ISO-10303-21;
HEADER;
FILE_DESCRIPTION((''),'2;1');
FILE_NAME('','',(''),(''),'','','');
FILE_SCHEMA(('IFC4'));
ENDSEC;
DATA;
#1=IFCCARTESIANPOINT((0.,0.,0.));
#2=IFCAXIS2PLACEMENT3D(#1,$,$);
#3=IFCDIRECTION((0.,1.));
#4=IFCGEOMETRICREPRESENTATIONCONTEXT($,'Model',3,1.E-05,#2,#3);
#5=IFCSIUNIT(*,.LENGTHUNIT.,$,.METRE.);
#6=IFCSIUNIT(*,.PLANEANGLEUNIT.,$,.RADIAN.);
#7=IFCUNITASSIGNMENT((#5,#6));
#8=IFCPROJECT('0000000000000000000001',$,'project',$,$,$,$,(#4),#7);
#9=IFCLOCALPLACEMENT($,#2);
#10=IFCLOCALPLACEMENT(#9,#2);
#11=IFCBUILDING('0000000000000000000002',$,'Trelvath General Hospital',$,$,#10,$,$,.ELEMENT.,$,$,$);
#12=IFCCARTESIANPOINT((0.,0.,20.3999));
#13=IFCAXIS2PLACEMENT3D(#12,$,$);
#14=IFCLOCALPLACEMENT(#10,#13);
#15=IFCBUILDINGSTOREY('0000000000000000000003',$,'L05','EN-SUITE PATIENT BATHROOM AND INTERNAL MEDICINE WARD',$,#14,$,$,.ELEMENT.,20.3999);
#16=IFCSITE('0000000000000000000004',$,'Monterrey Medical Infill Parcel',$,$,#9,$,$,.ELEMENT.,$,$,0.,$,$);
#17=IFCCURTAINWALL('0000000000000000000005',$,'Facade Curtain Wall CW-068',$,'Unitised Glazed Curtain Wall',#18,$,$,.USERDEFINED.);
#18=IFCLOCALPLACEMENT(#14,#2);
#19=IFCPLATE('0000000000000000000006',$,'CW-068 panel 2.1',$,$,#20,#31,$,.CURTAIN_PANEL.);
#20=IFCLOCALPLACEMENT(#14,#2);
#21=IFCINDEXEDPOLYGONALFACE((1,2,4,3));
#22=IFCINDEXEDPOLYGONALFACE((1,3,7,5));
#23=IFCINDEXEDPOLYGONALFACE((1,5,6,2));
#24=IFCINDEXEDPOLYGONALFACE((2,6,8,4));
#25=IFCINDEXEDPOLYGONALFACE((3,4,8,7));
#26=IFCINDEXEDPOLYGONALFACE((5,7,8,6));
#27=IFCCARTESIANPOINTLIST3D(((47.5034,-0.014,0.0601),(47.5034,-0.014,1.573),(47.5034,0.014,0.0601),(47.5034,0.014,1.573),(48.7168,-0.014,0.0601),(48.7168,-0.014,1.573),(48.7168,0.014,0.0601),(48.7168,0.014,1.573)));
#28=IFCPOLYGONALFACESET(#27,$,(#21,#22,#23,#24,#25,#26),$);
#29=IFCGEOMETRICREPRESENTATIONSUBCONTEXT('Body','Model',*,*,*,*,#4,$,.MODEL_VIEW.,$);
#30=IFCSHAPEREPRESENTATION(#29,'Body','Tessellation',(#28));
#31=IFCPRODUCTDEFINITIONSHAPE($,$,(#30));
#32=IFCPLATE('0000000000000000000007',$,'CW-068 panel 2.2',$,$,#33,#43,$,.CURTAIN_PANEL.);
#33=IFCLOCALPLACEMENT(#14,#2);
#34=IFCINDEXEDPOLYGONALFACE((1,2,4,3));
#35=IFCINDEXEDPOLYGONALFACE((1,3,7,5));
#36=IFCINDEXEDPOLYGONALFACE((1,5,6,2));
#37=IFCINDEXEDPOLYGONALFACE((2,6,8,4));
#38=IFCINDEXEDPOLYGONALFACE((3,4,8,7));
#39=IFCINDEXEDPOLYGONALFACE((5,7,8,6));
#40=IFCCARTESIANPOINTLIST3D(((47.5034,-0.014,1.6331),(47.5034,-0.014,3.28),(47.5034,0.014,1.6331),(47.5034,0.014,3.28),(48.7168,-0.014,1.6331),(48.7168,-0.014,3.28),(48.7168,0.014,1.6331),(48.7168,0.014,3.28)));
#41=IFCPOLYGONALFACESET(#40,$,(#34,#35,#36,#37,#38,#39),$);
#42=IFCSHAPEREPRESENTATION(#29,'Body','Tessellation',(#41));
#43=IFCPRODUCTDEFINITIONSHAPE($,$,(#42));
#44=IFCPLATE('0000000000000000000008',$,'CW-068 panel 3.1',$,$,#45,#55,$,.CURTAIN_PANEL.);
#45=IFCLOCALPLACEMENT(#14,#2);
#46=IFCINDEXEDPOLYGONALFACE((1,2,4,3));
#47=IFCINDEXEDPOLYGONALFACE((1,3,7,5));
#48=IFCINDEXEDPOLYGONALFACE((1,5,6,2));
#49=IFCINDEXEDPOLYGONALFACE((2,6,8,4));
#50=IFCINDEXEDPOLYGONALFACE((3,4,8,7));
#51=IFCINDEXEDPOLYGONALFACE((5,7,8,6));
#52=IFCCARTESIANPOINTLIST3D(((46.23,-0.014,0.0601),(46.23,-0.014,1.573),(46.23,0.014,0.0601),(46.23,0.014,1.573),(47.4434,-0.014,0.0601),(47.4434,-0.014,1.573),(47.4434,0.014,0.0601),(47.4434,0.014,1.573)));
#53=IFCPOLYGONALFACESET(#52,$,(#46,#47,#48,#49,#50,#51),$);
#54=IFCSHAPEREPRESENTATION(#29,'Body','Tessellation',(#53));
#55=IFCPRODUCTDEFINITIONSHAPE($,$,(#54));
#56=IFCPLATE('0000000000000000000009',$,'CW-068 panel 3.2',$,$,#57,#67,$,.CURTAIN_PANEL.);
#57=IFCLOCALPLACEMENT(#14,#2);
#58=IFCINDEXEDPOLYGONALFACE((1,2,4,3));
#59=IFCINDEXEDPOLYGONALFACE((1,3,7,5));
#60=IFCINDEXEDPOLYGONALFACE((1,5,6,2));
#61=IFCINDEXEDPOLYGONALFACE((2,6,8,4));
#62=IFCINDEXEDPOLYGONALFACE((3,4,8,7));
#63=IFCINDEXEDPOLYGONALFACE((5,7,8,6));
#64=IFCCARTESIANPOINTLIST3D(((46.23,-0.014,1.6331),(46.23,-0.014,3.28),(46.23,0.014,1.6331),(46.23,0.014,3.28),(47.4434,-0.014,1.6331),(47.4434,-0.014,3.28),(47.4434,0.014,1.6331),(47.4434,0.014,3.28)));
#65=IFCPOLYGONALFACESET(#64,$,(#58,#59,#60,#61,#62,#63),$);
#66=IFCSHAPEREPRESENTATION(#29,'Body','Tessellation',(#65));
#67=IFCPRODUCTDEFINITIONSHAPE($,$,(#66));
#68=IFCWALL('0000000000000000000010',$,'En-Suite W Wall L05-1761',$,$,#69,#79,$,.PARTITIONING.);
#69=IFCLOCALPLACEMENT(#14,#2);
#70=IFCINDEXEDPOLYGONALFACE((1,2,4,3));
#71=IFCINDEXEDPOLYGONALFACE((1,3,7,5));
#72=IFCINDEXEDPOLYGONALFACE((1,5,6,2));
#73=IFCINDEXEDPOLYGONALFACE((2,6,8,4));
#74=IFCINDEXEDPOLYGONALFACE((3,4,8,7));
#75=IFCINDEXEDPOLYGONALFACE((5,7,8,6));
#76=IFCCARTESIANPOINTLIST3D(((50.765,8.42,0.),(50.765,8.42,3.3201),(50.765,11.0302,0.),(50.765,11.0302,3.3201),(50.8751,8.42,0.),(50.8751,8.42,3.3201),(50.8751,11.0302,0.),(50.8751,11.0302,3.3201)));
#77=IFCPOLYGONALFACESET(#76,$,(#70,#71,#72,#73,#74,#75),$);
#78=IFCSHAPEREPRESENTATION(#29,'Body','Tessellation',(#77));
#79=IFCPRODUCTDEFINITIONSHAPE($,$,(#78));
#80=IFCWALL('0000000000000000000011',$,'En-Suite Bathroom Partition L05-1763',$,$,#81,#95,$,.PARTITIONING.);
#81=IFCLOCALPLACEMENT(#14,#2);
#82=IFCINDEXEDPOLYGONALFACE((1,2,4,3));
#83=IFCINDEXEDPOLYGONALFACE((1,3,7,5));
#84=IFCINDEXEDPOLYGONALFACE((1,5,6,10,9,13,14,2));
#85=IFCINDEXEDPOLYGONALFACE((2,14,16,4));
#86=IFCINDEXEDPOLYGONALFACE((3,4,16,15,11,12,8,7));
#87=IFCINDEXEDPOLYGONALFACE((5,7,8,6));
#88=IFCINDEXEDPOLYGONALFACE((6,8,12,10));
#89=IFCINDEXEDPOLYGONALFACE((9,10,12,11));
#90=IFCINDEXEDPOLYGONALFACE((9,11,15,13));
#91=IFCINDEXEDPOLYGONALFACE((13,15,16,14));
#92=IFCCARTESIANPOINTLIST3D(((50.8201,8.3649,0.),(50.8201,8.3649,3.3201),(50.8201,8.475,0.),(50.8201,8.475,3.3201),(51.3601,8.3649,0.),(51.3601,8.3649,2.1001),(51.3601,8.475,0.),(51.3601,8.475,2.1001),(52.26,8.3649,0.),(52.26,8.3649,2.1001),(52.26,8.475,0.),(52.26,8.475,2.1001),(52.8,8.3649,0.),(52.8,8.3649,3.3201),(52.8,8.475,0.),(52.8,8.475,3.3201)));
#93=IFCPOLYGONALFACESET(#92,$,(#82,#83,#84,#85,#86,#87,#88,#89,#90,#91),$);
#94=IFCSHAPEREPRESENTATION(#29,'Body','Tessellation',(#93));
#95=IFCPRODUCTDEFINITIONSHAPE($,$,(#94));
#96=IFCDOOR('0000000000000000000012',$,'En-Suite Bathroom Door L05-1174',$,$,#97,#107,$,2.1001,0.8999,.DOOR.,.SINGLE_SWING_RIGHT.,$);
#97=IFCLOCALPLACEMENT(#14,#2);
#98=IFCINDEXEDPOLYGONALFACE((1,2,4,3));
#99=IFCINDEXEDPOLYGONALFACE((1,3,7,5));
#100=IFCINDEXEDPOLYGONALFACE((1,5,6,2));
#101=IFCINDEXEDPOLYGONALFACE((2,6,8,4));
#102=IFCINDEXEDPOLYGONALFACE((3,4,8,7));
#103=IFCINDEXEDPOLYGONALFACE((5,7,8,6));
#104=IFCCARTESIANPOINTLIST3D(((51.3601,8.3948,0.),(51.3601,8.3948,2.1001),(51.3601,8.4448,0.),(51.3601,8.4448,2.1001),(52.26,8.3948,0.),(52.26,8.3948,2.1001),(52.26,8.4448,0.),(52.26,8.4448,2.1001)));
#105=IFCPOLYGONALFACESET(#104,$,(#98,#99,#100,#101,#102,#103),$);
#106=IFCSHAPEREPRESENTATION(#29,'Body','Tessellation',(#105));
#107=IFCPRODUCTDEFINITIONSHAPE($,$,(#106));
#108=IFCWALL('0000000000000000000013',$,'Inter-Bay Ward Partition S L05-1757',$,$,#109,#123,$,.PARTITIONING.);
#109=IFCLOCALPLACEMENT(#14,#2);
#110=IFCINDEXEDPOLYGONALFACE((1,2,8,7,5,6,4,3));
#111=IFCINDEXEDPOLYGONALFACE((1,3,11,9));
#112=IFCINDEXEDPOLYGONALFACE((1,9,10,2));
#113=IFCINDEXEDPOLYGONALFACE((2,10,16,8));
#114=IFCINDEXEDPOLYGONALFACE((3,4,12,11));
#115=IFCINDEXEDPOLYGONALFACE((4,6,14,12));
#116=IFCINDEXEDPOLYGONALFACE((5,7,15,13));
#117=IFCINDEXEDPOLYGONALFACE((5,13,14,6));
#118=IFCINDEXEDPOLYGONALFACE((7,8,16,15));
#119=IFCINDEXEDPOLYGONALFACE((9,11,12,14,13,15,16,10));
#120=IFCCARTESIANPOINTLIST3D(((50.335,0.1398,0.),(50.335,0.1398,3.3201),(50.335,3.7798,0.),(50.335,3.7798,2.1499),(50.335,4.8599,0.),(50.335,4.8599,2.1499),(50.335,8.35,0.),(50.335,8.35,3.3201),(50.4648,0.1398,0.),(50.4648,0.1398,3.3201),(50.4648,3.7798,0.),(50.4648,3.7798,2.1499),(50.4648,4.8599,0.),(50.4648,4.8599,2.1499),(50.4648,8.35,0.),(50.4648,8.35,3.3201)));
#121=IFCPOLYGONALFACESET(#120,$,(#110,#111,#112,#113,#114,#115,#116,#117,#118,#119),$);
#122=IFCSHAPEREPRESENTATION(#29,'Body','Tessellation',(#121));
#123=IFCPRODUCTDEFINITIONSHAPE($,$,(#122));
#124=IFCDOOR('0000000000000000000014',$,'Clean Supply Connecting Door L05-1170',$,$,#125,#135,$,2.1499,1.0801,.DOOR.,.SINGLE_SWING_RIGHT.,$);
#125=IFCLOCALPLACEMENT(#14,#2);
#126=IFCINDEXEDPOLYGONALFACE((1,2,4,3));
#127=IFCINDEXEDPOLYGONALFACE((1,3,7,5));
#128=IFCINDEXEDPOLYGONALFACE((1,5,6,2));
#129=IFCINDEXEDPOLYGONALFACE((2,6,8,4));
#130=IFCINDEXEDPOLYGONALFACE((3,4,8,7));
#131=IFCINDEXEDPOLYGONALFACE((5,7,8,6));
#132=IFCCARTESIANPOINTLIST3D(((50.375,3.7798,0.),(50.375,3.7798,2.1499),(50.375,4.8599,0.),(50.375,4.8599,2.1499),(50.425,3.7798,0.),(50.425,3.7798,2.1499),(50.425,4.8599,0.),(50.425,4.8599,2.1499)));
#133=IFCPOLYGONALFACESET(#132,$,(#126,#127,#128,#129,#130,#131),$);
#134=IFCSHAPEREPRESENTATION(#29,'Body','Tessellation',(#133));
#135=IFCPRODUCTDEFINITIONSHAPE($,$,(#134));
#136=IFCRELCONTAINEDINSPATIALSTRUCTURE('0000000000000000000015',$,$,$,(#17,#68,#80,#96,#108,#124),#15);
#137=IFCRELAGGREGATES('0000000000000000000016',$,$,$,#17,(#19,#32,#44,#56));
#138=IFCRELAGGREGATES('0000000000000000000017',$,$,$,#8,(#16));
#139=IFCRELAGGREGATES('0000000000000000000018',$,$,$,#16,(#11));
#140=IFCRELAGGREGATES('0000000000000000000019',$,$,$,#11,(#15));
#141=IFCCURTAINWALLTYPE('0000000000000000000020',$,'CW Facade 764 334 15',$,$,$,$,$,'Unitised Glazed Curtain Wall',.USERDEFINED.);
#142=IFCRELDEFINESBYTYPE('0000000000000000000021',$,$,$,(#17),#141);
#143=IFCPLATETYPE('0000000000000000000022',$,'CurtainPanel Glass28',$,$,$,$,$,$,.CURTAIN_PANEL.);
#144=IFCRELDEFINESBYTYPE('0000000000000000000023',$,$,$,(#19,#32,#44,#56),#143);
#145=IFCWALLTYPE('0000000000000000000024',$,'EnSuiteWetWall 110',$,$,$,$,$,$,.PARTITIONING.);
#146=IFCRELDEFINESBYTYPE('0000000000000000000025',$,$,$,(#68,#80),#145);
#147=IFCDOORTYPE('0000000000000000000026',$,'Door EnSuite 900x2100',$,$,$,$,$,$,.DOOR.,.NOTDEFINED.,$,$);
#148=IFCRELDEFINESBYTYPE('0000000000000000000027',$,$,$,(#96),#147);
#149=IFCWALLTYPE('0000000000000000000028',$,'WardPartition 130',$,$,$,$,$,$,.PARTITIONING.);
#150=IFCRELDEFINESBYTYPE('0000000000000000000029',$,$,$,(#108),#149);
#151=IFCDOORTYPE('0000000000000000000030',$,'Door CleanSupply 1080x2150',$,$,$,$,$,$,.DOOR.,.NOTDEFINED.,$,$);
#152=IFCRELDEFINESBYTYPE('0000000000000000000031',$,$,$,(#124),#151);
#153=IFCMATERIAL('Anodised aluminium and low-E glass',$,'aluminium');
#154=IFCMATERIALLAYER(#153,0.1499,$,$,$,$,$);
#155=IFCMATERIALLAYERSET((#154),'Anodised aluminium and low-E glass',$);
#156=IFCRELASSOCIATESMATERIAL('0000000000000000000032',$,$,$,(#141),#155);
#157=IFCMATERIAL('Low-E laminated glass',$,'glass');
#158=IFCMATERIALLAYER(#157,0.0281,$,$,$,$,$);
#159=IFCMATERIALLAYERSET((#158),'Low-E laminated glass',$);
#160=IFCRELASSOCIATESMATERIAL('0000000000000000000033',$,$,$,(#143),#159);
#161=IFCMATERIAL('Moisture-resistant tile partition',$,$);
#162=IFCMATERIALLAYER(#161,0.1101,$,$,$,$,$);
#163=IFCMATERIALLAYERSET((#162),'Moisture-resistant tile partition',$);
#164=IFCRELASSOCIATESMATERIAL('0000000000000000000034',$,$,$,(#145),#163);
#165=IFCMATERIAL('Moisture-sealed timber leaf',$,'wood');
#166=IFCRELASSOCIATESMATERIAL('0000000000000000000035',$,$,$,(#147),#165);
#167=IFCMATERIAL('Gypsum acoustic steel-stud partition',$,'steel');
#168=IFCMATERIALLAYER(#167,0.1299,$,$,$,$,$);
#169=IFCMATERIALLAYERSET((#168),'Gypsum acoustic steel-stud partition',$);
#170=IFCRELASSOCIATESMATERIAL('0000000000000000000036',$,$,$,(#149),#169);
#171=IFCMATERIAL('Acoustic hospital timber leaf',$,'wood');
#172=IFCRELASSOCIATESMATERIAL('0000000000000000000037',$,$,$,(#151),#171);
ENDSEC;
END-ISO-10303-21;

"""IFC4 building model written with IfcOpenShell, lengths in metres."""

from ifc_helpers import new_model, si_unit, direction, frame, frame_2d, origin, origin_2d, place, context, subcontext, project, spatial, rectangle, extrude, material, layer, layer_set, type_object, element, fill, aggregate, save


model = new_model("IFC4")

# Units and contexts
model_context = context("Model", 3, precision=1e-05, world=origin(), true_north=direction((0.0, 1.0)))
body_context = subcontext(model_context, "Body", "Model", "MODEL_VIEW")
ifc_project = project(units=[si_unit("LENGTHUNIT", "METRE"), si_unit("PLANEANGLEUNIT", "RADIAN")], contexts=[model_context])

# Site, building, storey
site_placement = place(None, origin())
site = spatial("IfcSite", under=ifc_project, at=site_placement, Name="Monterrey Medical Infill Parcel", CompositionType="ELEMENT", RefElevation=0.0)
building_placement = place(site_placement, origin())
building = spatial("IfcBuilding", under=site, at=building_placement, Name="Trelvath General Hospital", CompositionType="ELEMENT")
storey_placement = place(building_placement, frame((0.0, 0.0, 20.3999)))
storey = spatial("IfcBuildingStorey", under=building, at=storey_placement, Name="L05", Description="EN-SUITE PATIENT BATHROOM AND INTERNAL MEDICINE WARD", CompositionType="ELEMENT", Elevation=20.3999)

# Curtain wall, plates
ifc_material_1 = material(Name="Anodised aluminium and low-E glass", Category="aluminium")
ifc_layer_1 = layer(ifc_material_1, 0.1499)
ifc_layer_set_1 = layer_set([ifc_layer_1], Name="Anodised aluminium and low-E glass")
curtain_wall_type = type_object("IfcCurtainWallType", Name="CW Facade 764 334 15", ElementType="Unitised Glazed Curtain Wall", PredefinedType="USERDEFINED", material=ifc_layer_set_1)
curtain_wall_placement = place(storey_placement, origin())
curtain_wall = element("IfcCurtainWall", 1, at=curtain_wall_placement, inside=storey, type_object=curtain_wall_type, Name="Facade Curtain Wall CW-068", ObjectType="Unitised Glazed Curtain Wall", PredefinedType="USERDEFINED")
ifc_material_2 = material(Name="Low-E laminated glass", Category="glass")
ifc_layer_2 = layer(ifc_material_2, 0.0281)
ifc_layer_set_2 = layer_set([ifc_layer_2], Name="Low-E laminated glass")
plate_type = type_object("IfcPlateType", Name="CurtainPanel Glass28", PredefinedType="CURTAIN_PANEL", material=ifc_layer_set_2)
plate_1_placement = place(storey_placement, frame((48.1101, 0.0, 0.0601), z_axis=(0.0, 0.0, 1.0), x_axis=(-1.0, 0.0, 0.0)))
plate_1 = element("IfcPlate", 2, at=plate_1_placement, type_object=plate_type, Name="CW-068 panel 2.1", PredefinedType="CURTAIN_PANEL", context=body_context, shape_type="SweptSolid", body=[
    extrude(rectangle(XDim=1.2134, YDim=0.0281, at=origin_2d()), origin(), (0.0, 0.0, 1.0), 1.5129),
])
plate_2_placement = place(storey_placement, frame((48.1101, 0.0, 1.6331), z_axis=(0.0, 0.0, 1.0), x_axis=(-1.0, 0.0, 0.0)))
plate_2 = element("IfcPlate", 3, at=plate_2_placement, type_object=plate_type, Name="CW-068 panel 2.2", PredefinedType="CURTAIN_PANEL", context=body_context, shape_type="SweptSolid", body=[
    extrude(rectangle(XDim=1.2134, YDim=0.0281, at=origin_2d()), origin(), (0.0, 0.0, 1.0), 1.647),
])
plate_3_placement = place(storey_placement, frame((46.8367, 0.0, 0.0601), z_axis=(0.0, 0.0, 1.0), x_axis=(-1.0, 0.0, 0.0)))
plate_3 = element("IfcPlate", 4, at=plate_3_placement, type_object=plate_type, Name="CW-068 panel 3.1", PredefinedType="CURTAIN_PANEL", context=body_context, shape_type="SweptSolid", body=[
    extrude(rectangle(XDim=1.2134, YDim=0.0281, at=origin_2d()), origin(), (0.0, 0.0, 1.0), 1.5129),
])
plate_4_placement = place(storey_placement, frame((46.8367, 0.0, 1.6331), z_axis=(0.0, 0.0, 1.0), x_axis=(-1.0, 0.0, 0.0)))
plate_4 = element("IfcPlate", 5, at=plate_4_placement, type_object=plate_type, Name="CW-068 panel 3.2", PredefinedType="CURTAIN_PANEL", context=body_context, shape_type="SweptSolid", body=[
    extrude(rectangle(XDim=1.2134, YDim=0.0281, at=origin_2d()), origin(), (0.0, 0.0, 1.0), 1.647),
])
aggregate(curtain_wall, [plate_1, plate_2, plate_3, plate_4])

# Wall
ifc_material_3 = material(Name="Moisture-resistant tile partition")
ifc_layer_3 = layer(ifc_material_3, 0.1101)
ifc_layer_set_3 = layer_set([ifc_layer_3], Name="Moisture-resistant tile partition")
wall_type_1 = type_object("IfcWallType", Name="EnSuiteWetWall 110", PredefinedType="PARTITIONING", material=ifc_layer_set_3)
wall_1_placement = place(storey_placement, frame((50.8201, 8.4199, 0.0), z_axis=(0.0, 0.0, 1.0), x_axis=(0.0, 1.0, 0.0)))
element("IfcWall", 6, at=wall_1_placement, inside=storey, type_object=wall_type_1, Name="En-Suite W Wall L05-1761", PredefinedType="PARTITIONING", context=body_context, shape_type="SweptSolid", body=[
    extrude(rectangle(XDim=2.6101, YDim=0.1101, at=frame_2d((1.3052, 0.0))), origin(), (0.0, 0.0, 1.0), 3.3201),
])

# Walls, openings, doors
wall_2_placement = place(storey_placement, frame((50.8201, 8.4199, 0.0), z_axis=(0.0, 0.0, 1.0), x_axis=(1.0, 0.0, 0.0)))
wall_2 = element("IfcWall", 7, at=wall_2_placement, inside=storey, type_object=wall_type_1, Name="En-Suite Bathroom Partition L05-1763", PredefinedType="PARTITIONING", context=body_context, shape_type="SweptSolid", body=[
    extrude(rectangle(XDim=1.98, YDim=0.1101, at=frame_2d((0.99, 0.0))), origin(), (0.0, 0.0, 1.0), 3.3201),
])
opening_1_placement = place(wall_2_placement, frame((0.54, 0.0, 0.0)))
opening_1 = element("IfcOpeningElement", 8, at=opening_1_placement, cuts=wall_2, PredefinedType="OPENING", context=body_context, shape_type="SweptSolid", body=[
    extrude(rectangle(XDim=0.8999, YDim=2.1001, at=frame_2d((0.45, 1.05))), frame((0.0, 0.0649, 0.0), z_axis=(0.0, -1.0, 0.0), x_axis=(1.0, 0.0, 0.0)), (0.0, 0.0, 1.0), 0.1301),
])
ifc_material_4 = material(Name="Moisture-sealed timber leaf", Category="wood")
door_type_1 = type_object("IfcDoorType", Name="Door EnSuite 900x2100", OperationType="NOTDEFINED", PredefinedType="DOOR", material=ifc_material_4)
door_1_placement = place(opening_1_placement, origin())
door_1 = element("IfcDoor", 9, at=door_1_placement, inside=storey, type_object=door_type_1, Name="En-Suite Bathroom Door L05-1174", OperationType="SINGLE_SWING_RIGHT", OverallHeight=2.1001, OverallWidth=0.8999, PredefinedType="DOOR", context=body_context, shape_type="SweptSolid", body=[
    extrude(rectangle(XDim=0.8999, YDim=2.1001, at=frame_2d((0.45, 1.05))), frame((0.0, 0.0249, 0.0), z_axis=(0.0, -1.0, 0.0), x_axis=(1.0, 0.0, 0.0)), (0.0, 0.0, 1.0), 0.05),
])
fill(opening_1, door_1)
ifc_material_5 = material(Name="Gypsum acoustic steel-stud partition", Category="steel")
ifc_layer_4 = layer(ifc_material_5, 0.1299)
ifc_layer_set_4 = layer_set([ifc_layer_4], Name="Gypsum acoustic steel-stud partition")
wall_type_2 = type_object("IfcWallType", Name="WardPartition 130", PredefinedType="PARTITIONING", material=ifc_layer_set_4)
wall_3_placement = place(storey_placement, frame((50.3999, 0.1399, 0.0), z_axis=(0.0, 0.0, 1.0), x_axis=(0.0, 1.0, 0.0)))
wall_3 = element("IfcWall", 10, at=wall_3_placement, inside=storey, type_object=wall_type_2, Name="Inter-Bay Ward Partition S L05-1757", PredefinedType="PARTITIONING", context=body_context, shape_type="SweptSolid", body=[
    extrude(rectangle(XDim=8.2102, YDim=0.1299, at=frame_2d((4.105, 0.0))), origin(), (0.0, 0.0, 1.0), 3.3201),
])
opening_2_placement = place(wall_3_placement, frame((3.6399, 0.0, 0.0)))
opening_2 = element("IfcOpeningElement", 11, at=opening_2_placement, cuts=wall_3, PredefinedType="OPENING", context=body_context, shape_type="SweptSolid", body=[
    extrude(rectangle(XDim=1.0801, YDim=2.1499, at=frame_2d((0.54, 1.075))), frame((0.0, 0.075, 0.0), z_axis=(0.0, -1.0, 0.0), x_axis=(1.0, 0.0, 0.0)), (0.0, 0.0, 1.0), 0.1499),
])
ifc_material_6 = material(Name="Acoustic hospital timber leaf", Category="wood")
door_type_2 = type_object("IfcDoorType", Name="Door CleanSupply 1080x2150", OperationType="NOTDEFINED", PredefinedType="DOOR", material=ifc_material_6)
door_2_placement = place(opening_2_placement, origin())
door_2 = element("IfcDoor", 12, at=door_2_placement, inside=storey, type_object=door_type_2, Name="Clean Supply Connecting Door L05-1170", OperationType="SINGLE_SWING_RIGHT", OverallHeight=2.1499, OverallWidth=1.0801, PredefinedType="DOOR", context=body_context, shape_type="SweptSolid", body=[
    extrude(rectangle(XDim=1.0801, YDim=2.1499, at=frame_2d((0.54, 1.075))), frame((0.0, 0.0249, 0.0), z_axis=(0.0, -1.0, 0.0), x_axis=(1.0, 0.0, 0.0)), (0.0, 0.0, 1.0), 0.05),
])
fill(opening_2, door_2)

save(model, "model.ifc")
